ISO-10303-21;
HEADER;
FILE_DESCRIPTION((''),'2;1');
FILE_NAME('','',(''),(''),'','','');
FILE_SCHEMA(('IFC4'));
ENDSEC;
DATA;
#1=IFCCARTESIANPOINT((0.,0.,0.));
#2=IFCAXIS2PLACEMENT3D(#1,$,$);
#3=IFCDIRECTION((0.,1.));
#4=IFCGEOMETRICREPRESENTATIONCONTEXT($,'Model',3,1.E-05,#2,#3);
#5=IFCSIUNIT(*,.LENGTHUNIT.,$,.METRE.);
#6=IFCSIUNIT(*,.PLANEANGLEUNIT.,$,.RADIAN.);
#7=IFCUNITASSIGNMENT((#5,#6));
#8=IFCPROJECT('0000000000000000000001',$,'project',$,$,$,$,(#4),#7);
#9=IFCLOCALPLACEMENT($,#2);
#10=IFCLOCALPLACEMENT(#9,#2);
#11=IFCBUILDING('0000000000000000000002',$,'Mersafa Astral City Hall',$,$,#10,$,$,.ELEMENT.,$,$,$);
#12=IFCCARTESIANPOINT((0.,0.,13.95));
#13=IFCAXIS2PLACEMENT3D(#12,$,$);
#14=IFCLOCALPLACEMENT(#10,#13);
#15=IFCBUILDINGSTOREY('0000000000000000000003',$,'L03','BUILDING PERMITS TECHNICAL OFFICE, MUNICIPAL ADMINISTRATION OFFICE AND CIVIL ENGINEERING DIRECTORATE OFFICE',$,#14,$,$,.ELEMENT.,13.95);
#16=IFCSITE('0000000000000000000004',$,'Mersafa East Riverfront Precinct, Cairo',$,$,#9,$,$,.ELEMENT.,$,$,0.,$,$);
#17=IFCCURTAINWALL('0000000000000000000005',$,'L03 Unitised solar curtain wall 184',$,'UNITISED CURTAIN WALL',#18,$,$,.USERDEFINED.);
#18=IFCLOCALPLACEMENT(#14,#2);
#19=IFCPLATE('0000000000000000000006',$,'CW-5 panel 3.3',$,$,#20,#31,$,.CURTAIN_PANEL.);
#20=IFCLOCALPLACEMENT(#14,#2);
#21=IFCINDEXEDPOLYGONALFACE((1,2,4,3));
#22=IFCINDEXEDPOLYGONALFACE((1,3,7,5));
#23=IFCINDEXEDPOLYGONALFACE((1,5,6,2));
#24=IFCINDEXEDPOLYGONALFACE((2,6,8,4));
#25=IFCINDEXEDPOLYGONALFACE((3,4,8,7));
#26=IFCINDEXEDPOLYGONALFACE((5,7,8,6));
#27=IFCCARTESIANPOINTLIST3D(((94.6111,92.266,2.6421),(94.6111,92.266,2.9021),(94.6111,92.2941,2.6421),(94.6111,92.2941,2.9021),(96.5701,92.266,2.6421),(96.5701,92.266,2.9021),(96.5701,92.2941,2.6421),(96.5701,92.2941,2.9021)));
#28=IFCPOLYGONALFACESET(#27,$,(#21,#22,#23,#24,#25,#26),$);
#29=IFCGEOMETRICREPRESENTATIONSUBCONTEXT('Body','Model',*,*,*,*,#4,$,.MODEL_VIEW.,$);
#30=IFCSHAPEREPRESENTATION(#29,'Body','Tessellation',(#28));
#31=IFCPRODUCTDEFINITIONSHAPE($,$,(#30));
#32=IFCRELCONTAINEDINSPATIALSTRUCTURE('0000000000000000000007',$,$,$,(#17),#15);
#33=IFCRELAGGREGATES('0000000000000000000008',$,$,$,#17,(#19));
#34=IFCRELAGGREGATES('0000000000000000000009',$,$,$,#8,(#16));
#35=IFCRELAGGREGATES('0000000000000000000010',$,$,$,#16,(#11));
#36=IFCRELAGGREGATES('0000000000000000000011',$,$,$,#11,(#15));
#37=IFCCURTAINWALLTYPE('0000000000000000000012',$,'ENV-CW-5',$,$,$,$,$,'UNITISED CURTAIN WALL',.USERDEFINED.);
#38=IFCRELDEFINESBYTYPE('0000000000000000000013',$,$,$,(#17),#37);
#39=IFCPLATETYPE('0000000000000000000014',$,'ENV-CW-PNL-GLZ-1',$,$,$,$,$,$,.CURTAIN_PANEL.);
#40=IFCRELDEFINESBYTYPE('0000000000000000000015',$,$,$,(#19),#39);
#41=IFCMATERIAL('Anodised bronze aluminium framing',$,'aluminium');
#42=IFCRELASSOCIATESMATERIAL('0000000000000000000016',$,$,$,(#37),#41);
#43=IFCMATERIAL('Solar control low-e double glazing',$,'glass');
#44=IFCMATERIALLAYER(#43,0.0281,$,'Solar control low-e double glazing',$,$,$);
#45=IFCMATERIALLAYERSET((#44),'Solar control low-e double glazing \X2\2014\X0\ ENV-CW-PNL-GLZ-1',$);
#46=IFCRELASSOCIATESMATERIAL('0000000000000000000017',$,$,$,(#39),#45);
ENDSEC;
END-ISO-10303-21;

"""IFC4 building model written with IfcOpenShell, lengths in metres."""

from ifc_helpers import new_model, si_unit, direction, frame, origin, origin_2d, place, context, subcontext, project, spatial, rectangle, extrude, material, layer, layer_set, type_object, element, aggregate, save


model = new_model("IFC4")

# Units and contexts
model_context = context("Model", 3, precision=1e-05, world=origin(), true_north=direction((0.0, 1.0)))
body_context = subcontext(model_context, "Body", "Model", "MODEL_VIEW")
ifc_project = project(units=[si_unit("LENGTHUNIT", "METRE"), si_unit("PLANEANGLEUNIT", "RADIAN")], contexts=[model_context])

# Site, building, storey
site_placement = place(None, origin())
site = spatial("IfcSite", under=ifc_project, at=site_placement, Name="Mersafa East Riverfront Precinct, Cairo", CompositionType="ELEMENT", RefElevation=0.0)
building_placement = place(site_placement, origin())
building = spatial("IfcBuilding", under=site, at=building_placement, Name="Mersafa Astral City Hall", CompositionType="ELEMENT")
storey_placement = place(building_placement, frame((0.0, 0.0, 13.95)))
storey = spatial("IfcBuildingStorey", under=building, at=storey_placement, Name="L03", Description="BUILDING PERMITS TECHNICAL OFFICE, MUNICIPAL ADMINISTRATION OFFICE AND CIVIL ENGINEERING DIRECTORATE OFFICE", CompositionType="ELEMENT", Elevation=13.95)

# Curtain wall
ifc_material_1 = material(Name="Anodised bronze aluminium framing", Category="aluminium")
curtain_wall_type = type_object("IfcCurtainWallType", Name="ENV-CW-5", ElementType="UNITISED CURTAIN WALL", PredefinedType="USERDEFINED", material=ifc_material_1)
curtain_wall_placement = place(storey_placement, origin())
curtain_wall = element("IfcCurtainWall", 1, at=curtain_wall_placement, inside=storey, type_object=curtain_wall_type, Name="L03 Unitised solar curtain wall 184", ObjectType="UNITISED CURTAIN WALL", PredefinedType="USERDEFINED")

# Plate
ifc_material_2 = material(Name="Solar control low-e double glazing", Category="glass")
ifc_layer = layer(ifc_material_2, 0.0281, Name="Solar control low-e double glazing")
ifc_layer_set = layer_set([ifc_layer], Name="Solar control low-e double glazing — ENV-CW-PNL-GLZ-1")
plate_type = type_object("IfcPlateType", Name="ENV-CW-PNL-GLZ-1", PredefinedType="CURTAIN_PANEL", material=ifc_layer_set)
plate_1_placement = place(storey_placement, frame((95.5906, 92.28, 2.6421), z_axis=(0.0, 0.0, 1.0), x_axis=(-1.0, 0.0, 0.0)))
plate_1 = element("IfcPlate", 2, at=plate_1_placement, type_object=plate_type, Name="CW-5 panel 3.3", PredefinedType="CURTAIN_PANEL", context=body_context, shape_type="SweptSolid", body=[
    extrude(rectangle(XDim=1.959, YDim=0.0281, at=origin_2d()), origin(), (0.0, 0.0, 1.0), 0.26),
])
aggregate(curtain_wall, [plate_1])

save(model, "model.ifc")
